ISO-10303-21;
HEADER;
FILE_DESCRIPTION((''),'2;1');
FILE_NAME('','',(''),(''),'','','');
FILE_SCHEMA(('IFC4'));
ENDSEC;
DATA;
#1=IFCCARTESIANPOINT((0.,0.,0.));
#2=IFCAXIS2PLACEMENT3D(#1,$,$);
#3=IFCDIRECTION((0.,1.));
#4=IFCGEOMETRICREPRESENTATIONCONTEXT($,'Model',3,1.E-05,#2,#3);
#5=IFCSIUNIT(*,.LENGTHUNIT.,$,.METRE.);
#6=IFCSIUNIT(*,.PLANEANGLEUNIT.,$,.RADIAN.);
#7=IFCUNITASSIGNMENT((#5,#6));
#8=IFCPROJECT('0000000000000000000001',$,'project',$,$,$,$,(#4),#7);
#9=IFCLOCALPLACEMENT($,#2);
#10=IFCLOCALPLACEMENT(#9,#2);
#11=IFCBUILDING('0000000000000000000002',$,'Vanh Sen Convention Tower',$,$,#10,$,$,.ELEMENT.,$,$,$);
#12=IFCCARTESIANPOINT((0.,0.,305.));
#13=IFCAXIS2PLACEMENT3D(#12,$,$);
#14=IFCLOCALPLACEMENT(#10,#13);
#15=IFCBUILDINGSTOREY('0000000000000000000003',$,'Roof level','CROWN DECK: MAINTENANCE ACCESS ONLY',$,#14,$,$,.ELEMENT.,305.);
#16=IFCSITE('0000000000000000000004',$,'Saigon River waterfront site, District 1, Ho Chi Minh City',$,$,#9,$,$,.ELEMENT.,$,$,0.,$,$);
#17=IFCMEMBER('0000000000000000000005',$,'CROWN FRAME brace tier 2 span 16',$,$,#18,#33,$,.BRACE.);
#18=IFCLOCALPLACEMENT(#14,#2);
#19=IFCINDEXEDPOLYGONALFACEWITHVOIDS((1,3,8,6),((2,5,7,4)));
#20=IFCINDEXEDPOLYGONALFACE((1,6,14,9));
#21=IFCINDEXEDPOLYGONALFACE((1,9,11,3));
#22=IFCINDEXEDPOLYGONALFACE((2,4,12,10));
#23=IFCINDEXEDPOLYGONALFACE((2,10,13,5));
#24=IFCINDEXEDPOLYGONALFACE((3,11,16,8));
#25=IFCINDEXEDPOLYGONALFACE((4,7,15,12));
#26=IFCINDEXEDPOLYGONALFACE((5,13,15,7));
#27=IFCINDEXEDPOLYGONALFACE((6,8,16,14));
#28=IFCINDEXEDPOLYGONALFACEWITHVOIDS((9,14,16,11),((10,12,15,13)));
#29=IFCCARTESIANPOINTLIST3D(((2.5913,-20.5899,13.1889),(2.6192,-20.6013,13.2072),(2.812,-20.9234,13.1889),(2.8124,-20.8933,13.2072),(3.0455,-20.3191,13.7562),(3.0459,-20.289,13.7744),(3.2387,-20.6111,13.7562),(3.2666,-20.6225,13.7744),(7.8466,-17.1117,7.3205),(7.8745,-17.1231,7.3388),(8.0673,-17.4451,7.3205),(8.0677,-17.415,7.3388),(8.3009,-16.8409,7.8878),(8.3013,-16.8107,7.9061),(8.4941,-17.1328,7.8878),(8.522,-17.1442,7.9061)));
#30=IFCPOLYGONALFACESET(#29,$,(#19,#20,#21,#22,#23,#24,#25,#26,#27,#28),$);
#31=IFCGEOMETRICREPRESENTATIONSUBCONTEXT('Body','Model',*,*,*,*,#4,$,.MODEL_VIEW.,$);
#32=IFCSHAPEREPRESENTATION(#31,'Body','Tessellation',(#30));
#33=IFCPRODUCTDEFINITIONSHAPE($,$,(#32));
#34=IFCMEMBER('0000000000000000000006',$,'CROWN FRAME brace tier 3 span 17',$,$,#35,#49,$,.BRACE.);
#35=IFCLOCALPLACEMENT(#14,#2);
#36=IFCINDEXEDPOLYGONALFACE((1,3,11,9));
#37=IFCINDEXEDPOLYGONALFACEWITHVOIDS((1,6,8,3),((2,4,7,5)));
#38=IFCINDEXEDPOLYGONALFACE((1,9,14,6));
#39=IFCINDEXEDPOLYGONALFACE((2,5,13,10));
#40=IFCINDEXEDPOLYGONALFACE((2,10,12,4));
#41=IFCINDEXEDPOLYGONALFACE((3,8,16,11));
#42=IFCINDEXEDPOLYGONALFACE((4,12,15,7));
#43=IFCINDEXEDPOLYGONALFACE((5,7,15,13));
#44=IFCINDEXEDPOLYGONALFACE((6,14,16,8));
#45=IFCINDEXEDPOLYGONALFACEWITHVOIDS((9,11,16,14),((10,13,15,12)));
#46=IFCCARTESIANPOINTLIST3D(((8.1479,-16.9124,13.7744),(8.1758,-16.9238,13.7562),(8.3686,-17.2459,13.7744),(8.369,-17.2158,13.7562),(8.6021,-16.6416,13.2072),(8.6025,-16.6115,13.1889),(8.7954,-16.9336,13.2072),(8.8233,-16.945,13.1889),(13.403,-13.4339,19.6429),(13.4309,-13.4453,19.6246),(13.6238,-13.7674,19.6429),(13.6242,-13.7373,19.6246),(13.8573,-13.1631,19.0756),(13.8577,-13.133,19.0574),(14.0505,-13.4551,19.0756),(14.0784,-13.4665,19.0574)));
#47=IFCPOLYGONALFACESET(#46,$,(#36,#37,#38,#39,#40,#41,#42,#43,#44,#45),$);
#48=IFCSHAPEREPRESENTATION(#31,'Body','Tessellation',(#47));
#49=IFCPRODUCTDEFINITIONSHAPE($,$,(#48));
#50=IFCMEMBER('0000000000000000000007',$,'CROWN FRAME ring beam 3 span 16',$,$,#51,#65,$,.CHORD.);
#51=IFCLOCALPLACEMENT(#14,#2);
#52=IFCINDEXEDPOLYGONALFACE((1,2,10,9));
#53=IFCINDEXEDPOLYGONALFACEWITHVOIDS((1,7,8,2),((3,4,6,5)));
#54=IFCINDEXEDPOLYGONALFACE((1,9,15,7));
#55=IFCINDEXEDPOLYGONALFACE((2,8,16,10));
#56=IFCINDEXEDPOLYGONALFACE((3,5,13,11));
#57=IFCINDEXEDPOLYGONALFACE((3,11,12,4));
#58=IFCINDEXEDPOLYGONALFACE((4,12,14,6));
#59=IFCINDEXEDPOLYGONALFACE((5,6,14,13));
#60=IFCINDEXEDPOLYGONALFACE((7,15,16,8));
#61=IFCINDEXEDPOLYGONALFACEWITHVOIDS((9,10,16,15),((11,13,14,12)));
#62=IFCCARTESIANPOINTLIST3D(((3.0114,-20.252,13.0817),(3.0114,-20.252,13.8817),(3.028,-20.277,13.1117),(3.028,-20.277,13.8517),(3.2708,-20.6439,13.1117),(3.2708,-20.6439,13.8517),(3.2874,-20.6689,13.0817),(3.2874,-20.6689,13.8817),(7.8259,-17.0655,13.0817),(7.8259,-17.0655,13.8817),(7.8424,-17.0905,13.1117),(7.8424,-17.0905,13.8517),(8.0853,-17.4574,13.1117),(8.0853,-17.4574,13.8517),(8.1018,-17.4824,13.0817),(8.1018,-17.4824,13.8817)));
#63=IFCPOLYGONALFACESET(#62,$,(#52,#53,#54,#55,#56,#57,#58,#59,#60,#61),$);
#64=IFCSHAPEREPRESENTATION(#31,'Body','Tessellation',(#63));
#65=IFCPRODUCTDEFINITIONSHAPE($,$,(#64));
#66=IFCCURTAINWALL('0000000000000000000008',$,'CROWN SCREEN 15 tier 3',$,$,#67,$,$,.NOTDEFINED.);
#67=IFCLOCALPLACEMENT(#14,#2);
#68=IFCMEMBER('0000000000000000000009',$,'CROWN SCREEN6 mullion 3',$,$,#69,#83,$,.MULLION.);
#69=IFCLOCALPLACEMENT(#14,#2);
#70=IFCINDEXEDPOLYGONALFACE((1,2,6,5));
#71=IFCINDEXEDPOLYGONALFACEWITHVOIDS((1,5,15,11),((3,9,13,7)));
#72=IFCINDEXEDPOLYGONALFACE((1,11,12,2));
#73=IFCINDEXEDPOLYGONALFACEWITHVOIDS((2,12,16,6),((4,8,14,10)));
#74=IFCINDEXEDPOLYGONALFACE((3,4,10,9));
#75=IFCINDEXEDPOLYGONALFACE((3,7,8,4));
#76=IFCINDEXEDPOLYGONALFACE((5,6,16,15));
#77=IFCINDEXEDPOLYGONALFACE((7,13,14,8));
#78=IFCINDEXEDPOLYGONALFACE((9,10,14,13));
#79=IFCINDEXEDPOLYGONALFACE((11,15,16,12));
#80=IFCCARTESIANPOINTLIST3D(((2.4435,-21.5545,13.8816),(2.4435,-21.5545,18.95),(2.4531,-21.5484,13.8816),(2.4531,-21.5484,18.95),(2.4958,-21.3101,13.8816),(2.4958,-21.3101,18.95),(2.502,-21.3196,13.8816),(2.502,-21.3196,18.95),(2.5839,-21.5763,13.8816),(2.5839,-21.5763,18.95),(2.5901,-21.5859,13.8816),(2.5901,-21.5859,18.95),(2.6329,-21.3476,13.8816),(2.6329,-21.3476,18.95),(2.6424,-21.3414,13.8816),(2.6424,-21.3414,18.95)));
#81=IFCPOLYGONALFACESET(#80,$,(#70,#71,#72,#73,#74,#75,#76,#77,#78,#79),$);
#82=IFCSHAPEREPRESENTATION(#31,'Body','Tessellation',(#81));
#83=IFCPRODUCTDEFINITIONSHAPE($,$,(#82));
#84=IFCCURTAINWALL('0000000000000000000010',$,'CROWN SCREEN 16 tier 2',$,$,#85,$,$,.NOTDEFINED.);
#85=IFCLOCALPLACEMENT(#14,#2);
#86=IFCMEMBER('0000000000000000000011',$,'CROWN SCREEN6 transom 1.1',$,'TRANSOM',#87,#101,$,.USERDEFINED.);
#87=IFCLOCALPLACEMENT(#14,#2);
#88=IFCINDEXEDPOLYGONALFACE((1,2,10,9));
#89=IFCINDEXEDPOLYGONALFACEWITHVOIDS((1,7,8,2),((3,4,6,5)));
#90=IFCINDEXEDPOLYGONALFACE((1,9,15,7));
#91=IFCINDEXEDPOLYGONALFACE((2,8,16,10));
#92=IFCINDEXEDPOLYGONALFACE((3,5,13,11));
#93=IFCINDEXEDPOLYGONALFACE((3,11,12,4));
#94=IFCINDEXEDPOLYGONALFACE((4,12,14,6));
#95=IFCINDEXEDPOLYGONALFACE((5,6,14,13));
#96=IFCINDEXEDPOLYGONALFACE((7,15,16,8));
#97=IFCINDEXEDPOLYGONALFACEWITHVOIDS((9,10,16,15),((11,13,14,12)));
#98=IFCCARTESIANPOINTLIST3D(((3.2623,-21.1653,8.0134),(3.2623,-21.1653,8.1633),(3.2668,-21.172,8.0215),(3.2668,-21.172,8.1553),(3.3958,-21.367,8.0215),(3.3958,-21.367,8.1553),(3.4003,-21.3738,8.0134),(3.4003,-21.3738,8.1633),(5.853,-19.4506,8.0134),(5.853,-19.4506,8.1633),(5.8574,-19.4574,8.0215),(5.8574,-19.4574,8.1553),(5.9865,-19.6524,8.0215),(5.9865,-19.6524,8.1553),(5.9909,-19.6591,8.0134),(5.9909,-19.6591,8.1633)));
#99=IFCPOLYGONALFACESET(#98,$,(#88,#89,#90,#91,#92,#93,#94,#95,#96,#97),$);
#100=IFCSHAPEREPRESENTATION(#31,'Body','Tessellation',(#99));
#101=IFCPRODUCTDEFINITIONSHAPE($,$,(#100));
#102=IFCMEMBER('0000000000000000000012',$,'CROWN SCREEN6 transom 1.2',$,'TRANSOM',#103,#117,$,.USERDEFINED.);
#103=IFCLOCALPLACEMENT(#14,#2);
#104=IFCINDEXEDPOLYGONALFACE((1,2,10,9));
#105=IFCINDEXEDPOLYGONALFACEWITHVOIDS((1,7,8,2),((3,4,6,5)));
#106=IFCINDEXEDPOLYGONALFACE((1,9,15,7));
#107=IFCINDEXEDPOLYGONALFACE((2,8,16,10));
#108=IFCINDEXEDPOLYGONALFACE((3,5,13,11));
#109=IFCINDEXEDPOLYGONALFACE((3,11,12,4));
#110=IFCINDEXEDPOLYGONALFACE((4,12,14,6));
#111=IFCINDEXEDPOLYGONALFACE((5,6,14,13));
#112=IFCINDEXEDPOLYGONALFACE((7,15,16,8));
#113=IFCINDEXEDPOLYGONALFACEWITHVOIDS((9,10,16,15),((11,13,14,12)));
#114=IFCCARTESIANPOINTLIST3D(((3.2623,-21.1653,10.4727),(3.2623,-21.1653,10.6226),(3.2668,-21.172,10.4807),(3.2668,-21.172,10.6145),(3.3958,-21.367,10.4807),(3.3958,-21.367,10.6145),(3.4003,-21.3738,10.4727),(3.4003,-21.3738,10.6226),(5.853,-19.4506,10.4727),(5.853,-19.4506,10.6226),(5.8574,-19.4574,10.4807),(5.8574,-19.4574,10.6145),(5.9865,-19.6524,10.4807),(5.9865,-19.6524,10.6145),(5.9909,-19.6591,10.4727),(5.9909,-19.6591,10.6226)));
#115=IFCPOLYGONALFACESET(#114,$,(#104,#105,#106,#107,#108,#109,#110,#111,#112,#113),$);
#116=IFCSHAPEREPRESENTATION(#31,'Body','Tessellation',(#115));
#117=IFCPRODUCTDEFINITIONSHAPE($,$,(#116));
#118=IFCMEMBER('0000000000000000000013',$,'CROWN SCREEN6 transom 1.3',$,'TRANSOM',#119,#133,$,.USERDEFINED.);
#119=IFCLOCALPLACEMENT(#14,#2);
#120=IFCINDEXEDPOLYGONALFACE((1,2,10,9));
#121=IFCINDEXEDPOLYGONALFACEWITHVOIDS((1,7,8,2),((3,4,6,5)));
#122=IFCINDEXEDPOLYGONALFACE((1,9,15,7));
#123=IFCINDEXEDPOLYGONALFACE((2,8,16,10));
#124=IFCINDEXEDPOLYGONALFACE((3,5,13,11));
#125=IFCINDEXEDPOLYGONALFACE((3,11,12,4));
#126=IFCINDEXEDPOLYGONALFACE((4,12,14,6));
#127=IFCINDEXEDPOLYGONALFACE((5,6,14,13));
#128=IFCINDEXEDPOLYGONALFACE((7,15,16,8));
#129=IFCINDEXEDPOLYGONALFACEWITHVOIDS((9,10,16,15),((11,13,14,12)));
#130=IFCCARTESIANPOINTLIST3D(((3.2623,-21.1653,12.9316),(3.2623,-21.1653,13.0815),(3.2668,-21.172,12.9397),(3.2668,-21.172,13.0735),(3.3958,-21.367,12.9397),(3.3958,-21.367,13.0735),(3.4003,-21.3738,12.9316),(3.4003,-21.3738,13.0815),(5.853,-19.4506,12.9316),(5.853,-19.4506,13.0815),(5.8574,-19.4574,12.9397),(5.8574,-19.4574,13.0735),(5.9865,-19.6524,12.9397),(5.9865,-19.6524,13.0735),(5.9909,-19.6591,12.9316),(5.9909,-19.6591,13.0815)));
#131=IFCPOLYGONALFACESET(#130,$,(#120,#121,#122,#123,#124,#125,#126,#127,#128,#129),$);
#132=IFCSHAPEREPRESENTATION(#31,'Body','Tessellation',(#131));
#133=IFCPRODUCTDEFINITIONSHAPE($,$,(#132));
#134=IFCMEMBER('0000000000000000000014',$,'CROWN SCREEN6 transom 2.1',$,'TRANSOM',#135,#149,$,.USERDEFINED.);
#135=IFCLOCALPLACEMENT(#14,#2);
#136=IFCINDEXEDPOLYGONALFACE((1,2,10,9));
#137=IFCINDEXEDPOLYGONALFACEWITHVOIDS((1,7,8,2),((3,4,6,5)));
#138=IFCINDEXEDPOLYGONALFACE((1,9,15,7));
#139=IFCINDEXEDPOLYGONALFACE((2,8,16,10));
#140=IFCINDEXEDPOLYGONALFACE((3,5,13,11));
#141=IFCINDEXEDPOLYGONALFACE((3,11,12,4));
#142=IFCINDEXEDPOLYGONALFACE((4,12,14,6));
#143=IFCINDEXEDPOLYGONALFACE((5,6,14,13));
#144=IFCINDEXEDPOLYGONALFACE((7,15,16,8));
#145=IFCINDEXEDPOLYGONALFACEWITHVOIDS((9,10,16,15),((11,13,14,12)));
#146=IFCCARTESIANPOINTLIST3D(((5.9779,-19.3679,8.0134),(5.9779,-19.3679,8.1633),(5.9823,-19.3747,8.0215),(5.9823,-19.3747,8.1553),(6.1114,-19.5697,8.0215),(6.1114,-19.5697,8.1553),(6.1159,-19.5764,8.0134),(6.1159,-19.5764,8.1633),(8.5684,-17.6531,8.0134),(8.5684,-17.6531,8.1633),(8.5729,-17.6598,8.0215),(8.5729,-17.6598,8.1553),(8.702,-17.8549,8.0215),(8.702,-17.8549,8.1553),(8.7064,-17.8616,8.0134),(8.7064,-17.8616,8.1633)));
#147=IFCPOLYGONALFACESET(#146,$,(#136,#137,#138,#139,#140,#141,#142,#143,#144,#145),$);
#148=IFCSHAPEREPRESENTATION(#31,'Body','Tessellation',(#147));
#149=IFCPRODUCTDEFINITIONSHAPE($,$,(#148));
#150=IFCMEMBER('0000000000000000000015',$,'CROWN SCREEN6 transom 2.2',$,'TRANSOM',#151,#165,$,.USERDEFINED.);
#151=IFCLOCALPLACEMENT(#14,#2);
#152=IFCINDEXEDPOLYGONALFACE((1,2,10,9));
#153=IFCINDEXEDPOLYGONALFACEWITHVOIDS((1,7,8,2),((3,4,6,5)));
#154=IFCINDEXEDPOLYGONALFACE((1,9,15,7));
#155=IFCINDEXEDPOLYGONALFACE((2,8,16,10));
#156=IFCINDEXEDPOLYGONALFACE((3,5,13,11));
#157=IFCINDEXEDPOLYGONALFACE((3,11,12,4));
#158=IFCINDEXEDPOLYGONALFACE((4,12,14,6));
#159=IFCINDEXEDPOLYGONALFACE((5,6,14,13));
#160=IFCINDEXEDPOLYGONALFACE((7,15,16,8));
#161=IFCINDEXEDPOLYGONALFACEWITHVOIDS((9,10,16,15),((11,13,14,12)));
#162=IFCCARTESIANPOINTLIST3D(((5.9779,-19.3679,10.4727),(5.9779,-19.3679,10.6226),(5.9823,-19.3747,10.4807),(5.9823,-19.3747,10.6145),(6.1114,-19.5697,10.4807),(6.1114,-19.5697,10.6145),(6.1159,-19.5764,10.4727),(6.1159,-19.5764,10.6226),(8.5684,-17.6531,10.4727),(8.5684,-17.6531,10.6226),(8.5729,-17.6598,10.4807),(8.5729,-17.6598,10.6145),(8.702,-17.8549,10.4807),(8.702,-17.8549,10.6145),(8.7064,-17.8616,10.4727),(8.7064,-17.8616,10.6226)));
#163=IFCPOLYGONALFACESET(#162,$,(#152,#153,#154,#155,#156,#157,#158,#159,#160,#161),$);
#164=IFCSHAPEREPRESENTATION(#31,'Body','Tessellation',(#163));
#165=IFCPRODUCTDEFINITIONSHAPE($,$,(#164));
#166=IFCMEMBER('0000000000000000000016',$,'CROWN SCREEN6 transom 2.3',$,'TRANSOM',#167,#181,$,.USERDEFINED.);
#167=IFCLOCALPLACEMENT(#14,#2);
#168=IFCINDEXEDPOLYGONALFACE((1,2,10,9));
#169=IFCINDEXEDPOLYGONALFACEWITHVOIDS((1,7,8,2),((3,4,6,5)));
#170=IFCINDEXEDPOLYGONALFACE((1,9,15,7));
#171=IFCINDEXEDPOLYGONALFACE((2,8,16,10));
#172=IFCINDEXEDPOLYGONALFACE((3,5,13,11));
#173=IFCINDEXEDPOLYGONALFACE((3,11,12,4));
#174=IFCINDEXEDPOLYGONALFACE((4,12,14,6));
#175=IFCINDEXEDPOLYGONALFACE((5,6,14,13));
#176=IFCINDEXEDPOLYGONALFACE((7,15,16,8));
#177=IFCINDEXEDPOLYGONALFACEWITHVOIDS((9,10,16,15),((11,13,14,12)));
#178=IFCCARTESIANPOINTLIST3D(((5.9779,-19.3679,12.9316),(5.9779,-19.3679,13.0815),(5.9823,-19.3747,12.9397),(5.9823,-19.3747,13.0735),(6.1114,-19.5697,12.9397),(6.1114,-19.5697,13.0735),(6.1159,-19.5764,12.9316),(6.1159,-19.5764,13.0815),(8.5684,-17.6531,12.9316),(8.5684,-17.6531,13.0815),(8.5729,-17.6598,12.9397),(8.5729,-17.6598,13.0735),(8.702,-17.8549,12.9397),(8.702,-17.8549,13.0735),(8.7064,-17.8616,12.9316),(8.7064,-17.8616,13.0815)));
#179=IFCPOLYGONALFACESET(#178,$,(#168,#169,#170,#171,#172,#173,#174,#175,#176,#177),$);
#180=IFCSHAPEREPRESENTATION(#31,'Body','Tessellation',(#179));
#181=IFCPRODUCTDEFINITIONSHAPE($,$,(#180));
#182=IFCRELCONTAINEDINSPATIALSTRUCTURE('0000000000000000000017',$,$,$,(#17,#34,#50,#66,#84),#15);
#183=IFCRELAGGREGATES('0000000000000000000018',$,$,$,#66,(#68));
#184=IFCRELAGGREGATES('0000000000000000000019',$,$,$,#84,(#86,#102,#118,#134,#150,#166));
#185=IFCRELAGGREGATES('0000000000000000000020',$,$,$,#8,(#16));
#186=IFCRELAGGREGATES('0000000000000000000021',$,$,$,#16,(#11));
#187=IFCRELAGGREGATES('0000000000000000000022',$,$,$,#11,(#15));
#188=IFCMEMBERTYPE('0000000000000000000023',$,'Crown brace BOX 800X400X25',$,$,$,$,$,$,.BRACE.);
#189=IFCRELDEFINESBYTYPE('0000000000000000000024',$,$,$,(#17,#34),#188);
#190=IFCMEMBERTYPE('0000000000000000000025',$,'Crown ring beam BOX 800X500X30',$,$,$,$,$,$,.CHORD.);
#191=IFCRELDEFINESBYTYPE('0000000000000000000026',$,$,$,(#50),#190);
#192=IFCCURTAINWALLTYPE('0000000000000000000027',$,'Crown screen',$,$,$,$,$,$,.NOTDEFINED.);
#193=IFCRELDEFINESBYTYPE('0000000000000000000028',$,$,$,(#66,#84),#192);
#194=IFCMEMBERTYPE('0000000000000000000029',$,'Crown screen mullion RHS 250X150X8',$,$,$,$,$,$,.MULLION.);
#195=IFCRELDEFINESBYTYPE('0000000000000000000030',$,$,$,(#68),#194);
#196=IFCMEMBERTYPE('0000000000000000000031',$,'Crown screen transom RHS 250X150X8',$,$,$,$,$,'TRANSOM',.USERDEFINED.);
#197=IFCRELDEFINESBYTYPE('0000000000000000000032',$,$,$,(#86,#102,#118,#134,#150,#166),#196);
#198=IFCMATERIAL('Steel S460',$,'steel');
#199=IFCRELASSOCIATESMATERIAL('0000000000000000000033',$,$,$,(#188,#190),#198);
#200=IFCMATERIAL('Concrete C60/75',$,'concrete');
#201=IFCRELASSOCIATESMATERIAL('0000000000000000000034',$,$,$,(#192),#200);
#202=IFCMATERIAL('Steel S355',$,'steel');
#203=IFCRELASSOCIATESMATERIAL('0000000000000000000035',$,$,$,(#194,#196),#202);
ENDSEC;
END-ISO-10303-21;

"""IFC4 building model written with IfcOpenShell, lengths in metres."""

from ifc_helpers import new_model, si_unit, direction, frame, origin, origin_2d, place, context, subcontext, project, spatial, hollow_rectangle, extrude, material, material_profile, profile_set, type_object, element, aggregate, save


model = new_model("IFC4")

# Units and contexts
model_context = context("Model", 3, precision=1e-05, world=origin(), true_north=direction((0.0, 1.0)))
body_context = subcontext(model_context, "Body", "Model", "MODEL_VIEW")
ifc_project = project(units=[si_unit("LENGTHUNIT", "METRE"), si_unit("PLANEANGLEUNIT", "RADIAN")], contexts=[model_context])

# Site, building, storey
site_placement = place(None, origin())
site = spatial("IfcSite", under=ifc_project, at=site_placement, Name="Saigon River waterfront site, District 1, Ho Chi Minh City", CompositionType="ELEMENT", RefElevation=0.0)
building_placement = place(site_placement, origin())
building = spatial("IfcBuilding", under=site, at=building_placement, Name="Vanh Sen Convention Tower", CompositionType="ELEMENT")
storey_placement = place(building_placement, frame((0.0, 0.0, 305.0)))
storey = spatial("IfcBuildingStorey", under=building, at=storey_placement, Name="Roof level", Description="CROWN DECK: MAINTENANCE ACCESS ONLY", CompositionType="ELEMENT", Elevation=305.0)

# Members
ifc_material_1 = material(Name="Steel S460", Category="steel")
ifc_material_profile_1 = material_profile(ifc_material_1, hollow_rectangle(XDim=0.3999, YDim=0.8, WallThickness=0.0249, at=origin_2d()), Name="BOX 800X400X25")
ifc_profile_set_1 = profile_set([ifc_material_profile_1], Name="Steel S460")
member_type_1 = type_object("IfcMemberType", Name="Crown brace BOX 800X400X25", PredefinedType="BRACE", material=ifc_profile_set_1)
for number, where, z_axis, x_axis, name in (
    (1, (2.929, -20.6062, 13.4817), (0.610284, 0.403917, -0.681473), (-0.551917, 0.833899, 0.0), "CROWN FRAME brace tier 2 span 16"),
    (2, (8.4856, -16.9287, 13.4817), (0.610259, 0.403947, 0.681477), (-0.551962, 0.83387, 0.0), "CROWN FRAME brace tier 3 span 17"),
):
    element("IfcMember", number, at=place(storey_placement, frame(where, z_axis=z_axis, x_axis=x_axis)), inside=storey, type_object=member_type_1, Name=name, PredefinedType="BRACE", context=body_context, shape_type="SweptSolid", body=[
        extrude(hollow_rectangle(XDim=0.3999, YDim=0.8, WallThickness=0.0249, at=origin_2d()), origin(), (0.0, 0.0, 1.0), 8.6113),
    ])
ifc_material_profile_2 = material_profile(ifc_material_1, hollow_rectangle(XDim=0.5, YDim=0.8, WallThickness=0.03, at=origin_2d()), Name="BOX 800X500X30")
ifc_profile_set_2 = profile_set([ifc_material_profile_2], Name="Steel S460")
member_type_2 = type_object("IfcMemberType", Name="Crown ring beam BOX 800X500X30", PredefinedType="CHORD", material=ifc_profile_set_2)
member_1_placement = place(storey_placement, frame((3.1494, -20.4604, 13.4817), z_axis=(0.833893, 0.551926, 0.0), x_axis=(-0.551926, 0.833893, 0.0)))
element("IfcMember", 3, at=member_1_placement, inside=storey, type_object=member_type_2, Name="CROWN FRAME ring beam 3 span 16", PredefinedType="CHORD", context=body_context, shape_type="SweptSolid", body=[
    extrude(hollow_rectangle(XDim=0.5, YDim=0.8, WallThickness=0.03, at=origin_2d()), origin(), (0.0, 0.0, 1.0), 5.7734),
])

# Curtain wall, member
ifc_material_2 = material(Name="Concrete C60/75", Category="concrete")
curtain_wall_type = type_object("IfcCurtainWallType", Name="Crown screen", PredefinedType="NOTDEFINED", material=ifc_material_2)
curtain_wall_1_placement = place(storey_placement, origin())
curtain_wall_1 = element("IfcCurtainWall", 4, at=curtain_wall_1_placement, inside=storey, type_object=curtain_wall_type, Name="CROWN SCREEN 15 tier 3", PredefinedType="NOTDEFINED")
ifc_material_3 = material(Name="Steel S355", Category="steel")
ifc_material_profile_3 = material_profile(ifc_material_3, hollow_rectangle(XDim=0.25, YDim=0.1499, WallThickness=0.0081, at=origin_2d()), Name="RHS 250X150X8")
ifc_profile_set_3 = profile_set([ifc_material_profile_3], Name="Steel S355")
member_type_3 = type_object("IfcMemberType", Name="Crown screen mullion RHS 250X150X8", PredefinedType="MULLION", material=ifc_profile_set_3)
member_2_placement = place(storey_placement, frame((2.543, -21.448, 13.8816), z_axis=(0.0, 0.0, 1.0), x_axis=(0.209236, 0.977865, 0.0)))
member_2 = element("IfcMember", 5, at=member_2_placement, type_object=member_type_3, Name="CROWN SCREEN6 mullion 3", PredefinedType="MULLION", context=body_context, shape_type="SweptSolid", body=[
    extrude(hollow_rectangle(XDim=0.25, YDim=0.1499, WallThickness=0.0081, at=origin_2d()), origin(), (0.0, 0.0, 1.0), 5.0684),
])
aggregate(curtain_wall_1, [member_2])

# Curtain wall, members
curtain_wall_2_placement = place(storey_placement, origin())
curtain_wall_2 = element("IfcCurtainWall", 6, at=curtain_wall_2_placement, inside=storey, type_object=curtain_wall_type, Name="CROWN SCREEN 16 tier 2", PredefinedType="NOTDEFINED")
ifc_material_profile_4 = material_profile(ifc_material_3, hollow_rectangle(XDim=0.25, YDim=0.1499, WallThickness=0.0081, at=origin_2d()), Name="RHS 250X150X8")
ifc_profile_set_4 = profile_set([ifc_material_profile_4], Name="Steel S355")
member_type_4 = type_object("IfcMemberType", Name="Crown screen transom RHS 250X150X8", ElementType="TRANSOM", PredefinedType="USERDEFINED", material=ifc_profile_set_4)
member_3_placement = place(storey_placement, frame((3.3313, -21.2695, 8.0884), z_axis=(0.833896, 0.551922, 0.0), x_axis=(-0.551922, 0.833896, 0.0)))
member_3 = element("IfcMember", 7, at=member_3_placement, type_object=member_type_4, Name="CROWN SCREEN6 transom 1.1", ObjectType="TRANSOM", PredefinedType="USERDEFINED", context=body_context, shape_type="SweptSolid", body=[
    extrude(hollow_rectangle(XDim=0.25, YDim=0.1499, WallThickness=0.0081, at=origin_2d()), origin(), (0.0, 0.0, 1.0), 3.1067),
])
member_4_placement = place(storey_placement, frame((3.3313, -21.2695, 10.5476), z_axis=(0.833896, 0.551922, 0.0), x_axis=(-0.551922, 0.833896, 0.0)))
member_4 = element("IfcMember", 8, at=member_4_placement, type_object=member_type_4, Name="CROWN SCREEN6 transom 1.2", ObjectType="TRANSOM", PredefinedType="USERDEFINED", context=body_context, shape_type="SweptSolid", body=[
    extrude(hollow_rectangle(XDim=0.25, YDim=0.1499, WallThickness=0.0081, at=origin_2d()), origin(), (0.0, 0.0, 1.0), 3.1067),
])
member_5_placement = place(storey_placement, frame((3.3313, -21.2695, 13.0066), z_axis=(0.833896, 0.551922, 0.0), x_axis=(-0.551922, 0.833896, 0.0)))
member_5 = element("IfcMember", 9, at=member_5_placement, type_object=member_type_4, Name="CROWN SCREEN6 transom 1.3", ObjectType="TRANSOM", PredefinedType="USERDEFINED", context=body_context, shape_type="SweptSolid", body=[
    extrude(hollow_rectangle(XDim=0.25, YDim=0.1499, WallThickness=0.0081, at=origin_2d()), origin(), (0.0, 0.0, 1.0), 3.1067),
])
member_6_placement = place(storey_placement, frame((6.0469, -19.4722, 8.0884), z_axis=(0.833859, 0.551977, 0.0), x_axis=(-0.551977, 0.833859, 0.0)))
member_6 = element("IfcMember", 10, at=member_6_placement, type_object=member_type_4, Name="CROWN SCREEN6 transom 2.1", ObjectType="TRANSOM", PredefinedType="USERDEFINED", context=body_context, shape_type="SweptSolid", body=[
    extrude(hollow_rectangle(XDim=0.25, YDim=0.1499, WallThickness=0.0081, at=origin_2d()), origin(), (0.0, 0.0, 1.0), 3.1067),
])
member_7_placement = place(storey_placement, frame((6.0469, -19.4722, 10.5476), z_axis=(0.833859, 0.551977, 0.0), x_axis=(-0.551977, 0.833859, 0.0)))
member_7 = element("IfcMember", 11, at=member_7_placement, type_object=member_type_4, Name="CROWN SCREEN6 transom 2.2", ObjectType="TRANSOM", PredefinedType="USERDEFINED", context=body_context, shape_type="SweptSolid", body=[
    extrude(hollow_rectangle(XDim=0.25, YDim=0.1499, WallThickness=0.0081, at=origin_2d()), origin(), (0.0, 0.0, 1.0), 3.1067),
])
member_8_placement = place(storey_placement, frame((6.0469, -19.4722, 13.0066), z_axis=(0.833859, 0.551977, 0.0), x_axis=(-0.551977, 0.833859, 0.0)))
member_8 = element("IfcMember", 12, at=member_8_placement, type_object=member_type_4, Name="CROWN SCREEN6 transom 2.3", ObjectType="TRANSOM", PredefinedType="USERDEFINED", context=body_context, shape_type="SweptSolid", body=[
    extrude(hollow_rectangle(XDim=0.25, YDim=0.1499, WallThickness=0.0081, at=origin_2d()), origin(), (0.0, 0.0, 1.0), 3.1067),
])
aggregate(curtain_wall_2, [member_3, member_4, member_5, member_6, member_7, member_8])

save(model, "model.ifc")
